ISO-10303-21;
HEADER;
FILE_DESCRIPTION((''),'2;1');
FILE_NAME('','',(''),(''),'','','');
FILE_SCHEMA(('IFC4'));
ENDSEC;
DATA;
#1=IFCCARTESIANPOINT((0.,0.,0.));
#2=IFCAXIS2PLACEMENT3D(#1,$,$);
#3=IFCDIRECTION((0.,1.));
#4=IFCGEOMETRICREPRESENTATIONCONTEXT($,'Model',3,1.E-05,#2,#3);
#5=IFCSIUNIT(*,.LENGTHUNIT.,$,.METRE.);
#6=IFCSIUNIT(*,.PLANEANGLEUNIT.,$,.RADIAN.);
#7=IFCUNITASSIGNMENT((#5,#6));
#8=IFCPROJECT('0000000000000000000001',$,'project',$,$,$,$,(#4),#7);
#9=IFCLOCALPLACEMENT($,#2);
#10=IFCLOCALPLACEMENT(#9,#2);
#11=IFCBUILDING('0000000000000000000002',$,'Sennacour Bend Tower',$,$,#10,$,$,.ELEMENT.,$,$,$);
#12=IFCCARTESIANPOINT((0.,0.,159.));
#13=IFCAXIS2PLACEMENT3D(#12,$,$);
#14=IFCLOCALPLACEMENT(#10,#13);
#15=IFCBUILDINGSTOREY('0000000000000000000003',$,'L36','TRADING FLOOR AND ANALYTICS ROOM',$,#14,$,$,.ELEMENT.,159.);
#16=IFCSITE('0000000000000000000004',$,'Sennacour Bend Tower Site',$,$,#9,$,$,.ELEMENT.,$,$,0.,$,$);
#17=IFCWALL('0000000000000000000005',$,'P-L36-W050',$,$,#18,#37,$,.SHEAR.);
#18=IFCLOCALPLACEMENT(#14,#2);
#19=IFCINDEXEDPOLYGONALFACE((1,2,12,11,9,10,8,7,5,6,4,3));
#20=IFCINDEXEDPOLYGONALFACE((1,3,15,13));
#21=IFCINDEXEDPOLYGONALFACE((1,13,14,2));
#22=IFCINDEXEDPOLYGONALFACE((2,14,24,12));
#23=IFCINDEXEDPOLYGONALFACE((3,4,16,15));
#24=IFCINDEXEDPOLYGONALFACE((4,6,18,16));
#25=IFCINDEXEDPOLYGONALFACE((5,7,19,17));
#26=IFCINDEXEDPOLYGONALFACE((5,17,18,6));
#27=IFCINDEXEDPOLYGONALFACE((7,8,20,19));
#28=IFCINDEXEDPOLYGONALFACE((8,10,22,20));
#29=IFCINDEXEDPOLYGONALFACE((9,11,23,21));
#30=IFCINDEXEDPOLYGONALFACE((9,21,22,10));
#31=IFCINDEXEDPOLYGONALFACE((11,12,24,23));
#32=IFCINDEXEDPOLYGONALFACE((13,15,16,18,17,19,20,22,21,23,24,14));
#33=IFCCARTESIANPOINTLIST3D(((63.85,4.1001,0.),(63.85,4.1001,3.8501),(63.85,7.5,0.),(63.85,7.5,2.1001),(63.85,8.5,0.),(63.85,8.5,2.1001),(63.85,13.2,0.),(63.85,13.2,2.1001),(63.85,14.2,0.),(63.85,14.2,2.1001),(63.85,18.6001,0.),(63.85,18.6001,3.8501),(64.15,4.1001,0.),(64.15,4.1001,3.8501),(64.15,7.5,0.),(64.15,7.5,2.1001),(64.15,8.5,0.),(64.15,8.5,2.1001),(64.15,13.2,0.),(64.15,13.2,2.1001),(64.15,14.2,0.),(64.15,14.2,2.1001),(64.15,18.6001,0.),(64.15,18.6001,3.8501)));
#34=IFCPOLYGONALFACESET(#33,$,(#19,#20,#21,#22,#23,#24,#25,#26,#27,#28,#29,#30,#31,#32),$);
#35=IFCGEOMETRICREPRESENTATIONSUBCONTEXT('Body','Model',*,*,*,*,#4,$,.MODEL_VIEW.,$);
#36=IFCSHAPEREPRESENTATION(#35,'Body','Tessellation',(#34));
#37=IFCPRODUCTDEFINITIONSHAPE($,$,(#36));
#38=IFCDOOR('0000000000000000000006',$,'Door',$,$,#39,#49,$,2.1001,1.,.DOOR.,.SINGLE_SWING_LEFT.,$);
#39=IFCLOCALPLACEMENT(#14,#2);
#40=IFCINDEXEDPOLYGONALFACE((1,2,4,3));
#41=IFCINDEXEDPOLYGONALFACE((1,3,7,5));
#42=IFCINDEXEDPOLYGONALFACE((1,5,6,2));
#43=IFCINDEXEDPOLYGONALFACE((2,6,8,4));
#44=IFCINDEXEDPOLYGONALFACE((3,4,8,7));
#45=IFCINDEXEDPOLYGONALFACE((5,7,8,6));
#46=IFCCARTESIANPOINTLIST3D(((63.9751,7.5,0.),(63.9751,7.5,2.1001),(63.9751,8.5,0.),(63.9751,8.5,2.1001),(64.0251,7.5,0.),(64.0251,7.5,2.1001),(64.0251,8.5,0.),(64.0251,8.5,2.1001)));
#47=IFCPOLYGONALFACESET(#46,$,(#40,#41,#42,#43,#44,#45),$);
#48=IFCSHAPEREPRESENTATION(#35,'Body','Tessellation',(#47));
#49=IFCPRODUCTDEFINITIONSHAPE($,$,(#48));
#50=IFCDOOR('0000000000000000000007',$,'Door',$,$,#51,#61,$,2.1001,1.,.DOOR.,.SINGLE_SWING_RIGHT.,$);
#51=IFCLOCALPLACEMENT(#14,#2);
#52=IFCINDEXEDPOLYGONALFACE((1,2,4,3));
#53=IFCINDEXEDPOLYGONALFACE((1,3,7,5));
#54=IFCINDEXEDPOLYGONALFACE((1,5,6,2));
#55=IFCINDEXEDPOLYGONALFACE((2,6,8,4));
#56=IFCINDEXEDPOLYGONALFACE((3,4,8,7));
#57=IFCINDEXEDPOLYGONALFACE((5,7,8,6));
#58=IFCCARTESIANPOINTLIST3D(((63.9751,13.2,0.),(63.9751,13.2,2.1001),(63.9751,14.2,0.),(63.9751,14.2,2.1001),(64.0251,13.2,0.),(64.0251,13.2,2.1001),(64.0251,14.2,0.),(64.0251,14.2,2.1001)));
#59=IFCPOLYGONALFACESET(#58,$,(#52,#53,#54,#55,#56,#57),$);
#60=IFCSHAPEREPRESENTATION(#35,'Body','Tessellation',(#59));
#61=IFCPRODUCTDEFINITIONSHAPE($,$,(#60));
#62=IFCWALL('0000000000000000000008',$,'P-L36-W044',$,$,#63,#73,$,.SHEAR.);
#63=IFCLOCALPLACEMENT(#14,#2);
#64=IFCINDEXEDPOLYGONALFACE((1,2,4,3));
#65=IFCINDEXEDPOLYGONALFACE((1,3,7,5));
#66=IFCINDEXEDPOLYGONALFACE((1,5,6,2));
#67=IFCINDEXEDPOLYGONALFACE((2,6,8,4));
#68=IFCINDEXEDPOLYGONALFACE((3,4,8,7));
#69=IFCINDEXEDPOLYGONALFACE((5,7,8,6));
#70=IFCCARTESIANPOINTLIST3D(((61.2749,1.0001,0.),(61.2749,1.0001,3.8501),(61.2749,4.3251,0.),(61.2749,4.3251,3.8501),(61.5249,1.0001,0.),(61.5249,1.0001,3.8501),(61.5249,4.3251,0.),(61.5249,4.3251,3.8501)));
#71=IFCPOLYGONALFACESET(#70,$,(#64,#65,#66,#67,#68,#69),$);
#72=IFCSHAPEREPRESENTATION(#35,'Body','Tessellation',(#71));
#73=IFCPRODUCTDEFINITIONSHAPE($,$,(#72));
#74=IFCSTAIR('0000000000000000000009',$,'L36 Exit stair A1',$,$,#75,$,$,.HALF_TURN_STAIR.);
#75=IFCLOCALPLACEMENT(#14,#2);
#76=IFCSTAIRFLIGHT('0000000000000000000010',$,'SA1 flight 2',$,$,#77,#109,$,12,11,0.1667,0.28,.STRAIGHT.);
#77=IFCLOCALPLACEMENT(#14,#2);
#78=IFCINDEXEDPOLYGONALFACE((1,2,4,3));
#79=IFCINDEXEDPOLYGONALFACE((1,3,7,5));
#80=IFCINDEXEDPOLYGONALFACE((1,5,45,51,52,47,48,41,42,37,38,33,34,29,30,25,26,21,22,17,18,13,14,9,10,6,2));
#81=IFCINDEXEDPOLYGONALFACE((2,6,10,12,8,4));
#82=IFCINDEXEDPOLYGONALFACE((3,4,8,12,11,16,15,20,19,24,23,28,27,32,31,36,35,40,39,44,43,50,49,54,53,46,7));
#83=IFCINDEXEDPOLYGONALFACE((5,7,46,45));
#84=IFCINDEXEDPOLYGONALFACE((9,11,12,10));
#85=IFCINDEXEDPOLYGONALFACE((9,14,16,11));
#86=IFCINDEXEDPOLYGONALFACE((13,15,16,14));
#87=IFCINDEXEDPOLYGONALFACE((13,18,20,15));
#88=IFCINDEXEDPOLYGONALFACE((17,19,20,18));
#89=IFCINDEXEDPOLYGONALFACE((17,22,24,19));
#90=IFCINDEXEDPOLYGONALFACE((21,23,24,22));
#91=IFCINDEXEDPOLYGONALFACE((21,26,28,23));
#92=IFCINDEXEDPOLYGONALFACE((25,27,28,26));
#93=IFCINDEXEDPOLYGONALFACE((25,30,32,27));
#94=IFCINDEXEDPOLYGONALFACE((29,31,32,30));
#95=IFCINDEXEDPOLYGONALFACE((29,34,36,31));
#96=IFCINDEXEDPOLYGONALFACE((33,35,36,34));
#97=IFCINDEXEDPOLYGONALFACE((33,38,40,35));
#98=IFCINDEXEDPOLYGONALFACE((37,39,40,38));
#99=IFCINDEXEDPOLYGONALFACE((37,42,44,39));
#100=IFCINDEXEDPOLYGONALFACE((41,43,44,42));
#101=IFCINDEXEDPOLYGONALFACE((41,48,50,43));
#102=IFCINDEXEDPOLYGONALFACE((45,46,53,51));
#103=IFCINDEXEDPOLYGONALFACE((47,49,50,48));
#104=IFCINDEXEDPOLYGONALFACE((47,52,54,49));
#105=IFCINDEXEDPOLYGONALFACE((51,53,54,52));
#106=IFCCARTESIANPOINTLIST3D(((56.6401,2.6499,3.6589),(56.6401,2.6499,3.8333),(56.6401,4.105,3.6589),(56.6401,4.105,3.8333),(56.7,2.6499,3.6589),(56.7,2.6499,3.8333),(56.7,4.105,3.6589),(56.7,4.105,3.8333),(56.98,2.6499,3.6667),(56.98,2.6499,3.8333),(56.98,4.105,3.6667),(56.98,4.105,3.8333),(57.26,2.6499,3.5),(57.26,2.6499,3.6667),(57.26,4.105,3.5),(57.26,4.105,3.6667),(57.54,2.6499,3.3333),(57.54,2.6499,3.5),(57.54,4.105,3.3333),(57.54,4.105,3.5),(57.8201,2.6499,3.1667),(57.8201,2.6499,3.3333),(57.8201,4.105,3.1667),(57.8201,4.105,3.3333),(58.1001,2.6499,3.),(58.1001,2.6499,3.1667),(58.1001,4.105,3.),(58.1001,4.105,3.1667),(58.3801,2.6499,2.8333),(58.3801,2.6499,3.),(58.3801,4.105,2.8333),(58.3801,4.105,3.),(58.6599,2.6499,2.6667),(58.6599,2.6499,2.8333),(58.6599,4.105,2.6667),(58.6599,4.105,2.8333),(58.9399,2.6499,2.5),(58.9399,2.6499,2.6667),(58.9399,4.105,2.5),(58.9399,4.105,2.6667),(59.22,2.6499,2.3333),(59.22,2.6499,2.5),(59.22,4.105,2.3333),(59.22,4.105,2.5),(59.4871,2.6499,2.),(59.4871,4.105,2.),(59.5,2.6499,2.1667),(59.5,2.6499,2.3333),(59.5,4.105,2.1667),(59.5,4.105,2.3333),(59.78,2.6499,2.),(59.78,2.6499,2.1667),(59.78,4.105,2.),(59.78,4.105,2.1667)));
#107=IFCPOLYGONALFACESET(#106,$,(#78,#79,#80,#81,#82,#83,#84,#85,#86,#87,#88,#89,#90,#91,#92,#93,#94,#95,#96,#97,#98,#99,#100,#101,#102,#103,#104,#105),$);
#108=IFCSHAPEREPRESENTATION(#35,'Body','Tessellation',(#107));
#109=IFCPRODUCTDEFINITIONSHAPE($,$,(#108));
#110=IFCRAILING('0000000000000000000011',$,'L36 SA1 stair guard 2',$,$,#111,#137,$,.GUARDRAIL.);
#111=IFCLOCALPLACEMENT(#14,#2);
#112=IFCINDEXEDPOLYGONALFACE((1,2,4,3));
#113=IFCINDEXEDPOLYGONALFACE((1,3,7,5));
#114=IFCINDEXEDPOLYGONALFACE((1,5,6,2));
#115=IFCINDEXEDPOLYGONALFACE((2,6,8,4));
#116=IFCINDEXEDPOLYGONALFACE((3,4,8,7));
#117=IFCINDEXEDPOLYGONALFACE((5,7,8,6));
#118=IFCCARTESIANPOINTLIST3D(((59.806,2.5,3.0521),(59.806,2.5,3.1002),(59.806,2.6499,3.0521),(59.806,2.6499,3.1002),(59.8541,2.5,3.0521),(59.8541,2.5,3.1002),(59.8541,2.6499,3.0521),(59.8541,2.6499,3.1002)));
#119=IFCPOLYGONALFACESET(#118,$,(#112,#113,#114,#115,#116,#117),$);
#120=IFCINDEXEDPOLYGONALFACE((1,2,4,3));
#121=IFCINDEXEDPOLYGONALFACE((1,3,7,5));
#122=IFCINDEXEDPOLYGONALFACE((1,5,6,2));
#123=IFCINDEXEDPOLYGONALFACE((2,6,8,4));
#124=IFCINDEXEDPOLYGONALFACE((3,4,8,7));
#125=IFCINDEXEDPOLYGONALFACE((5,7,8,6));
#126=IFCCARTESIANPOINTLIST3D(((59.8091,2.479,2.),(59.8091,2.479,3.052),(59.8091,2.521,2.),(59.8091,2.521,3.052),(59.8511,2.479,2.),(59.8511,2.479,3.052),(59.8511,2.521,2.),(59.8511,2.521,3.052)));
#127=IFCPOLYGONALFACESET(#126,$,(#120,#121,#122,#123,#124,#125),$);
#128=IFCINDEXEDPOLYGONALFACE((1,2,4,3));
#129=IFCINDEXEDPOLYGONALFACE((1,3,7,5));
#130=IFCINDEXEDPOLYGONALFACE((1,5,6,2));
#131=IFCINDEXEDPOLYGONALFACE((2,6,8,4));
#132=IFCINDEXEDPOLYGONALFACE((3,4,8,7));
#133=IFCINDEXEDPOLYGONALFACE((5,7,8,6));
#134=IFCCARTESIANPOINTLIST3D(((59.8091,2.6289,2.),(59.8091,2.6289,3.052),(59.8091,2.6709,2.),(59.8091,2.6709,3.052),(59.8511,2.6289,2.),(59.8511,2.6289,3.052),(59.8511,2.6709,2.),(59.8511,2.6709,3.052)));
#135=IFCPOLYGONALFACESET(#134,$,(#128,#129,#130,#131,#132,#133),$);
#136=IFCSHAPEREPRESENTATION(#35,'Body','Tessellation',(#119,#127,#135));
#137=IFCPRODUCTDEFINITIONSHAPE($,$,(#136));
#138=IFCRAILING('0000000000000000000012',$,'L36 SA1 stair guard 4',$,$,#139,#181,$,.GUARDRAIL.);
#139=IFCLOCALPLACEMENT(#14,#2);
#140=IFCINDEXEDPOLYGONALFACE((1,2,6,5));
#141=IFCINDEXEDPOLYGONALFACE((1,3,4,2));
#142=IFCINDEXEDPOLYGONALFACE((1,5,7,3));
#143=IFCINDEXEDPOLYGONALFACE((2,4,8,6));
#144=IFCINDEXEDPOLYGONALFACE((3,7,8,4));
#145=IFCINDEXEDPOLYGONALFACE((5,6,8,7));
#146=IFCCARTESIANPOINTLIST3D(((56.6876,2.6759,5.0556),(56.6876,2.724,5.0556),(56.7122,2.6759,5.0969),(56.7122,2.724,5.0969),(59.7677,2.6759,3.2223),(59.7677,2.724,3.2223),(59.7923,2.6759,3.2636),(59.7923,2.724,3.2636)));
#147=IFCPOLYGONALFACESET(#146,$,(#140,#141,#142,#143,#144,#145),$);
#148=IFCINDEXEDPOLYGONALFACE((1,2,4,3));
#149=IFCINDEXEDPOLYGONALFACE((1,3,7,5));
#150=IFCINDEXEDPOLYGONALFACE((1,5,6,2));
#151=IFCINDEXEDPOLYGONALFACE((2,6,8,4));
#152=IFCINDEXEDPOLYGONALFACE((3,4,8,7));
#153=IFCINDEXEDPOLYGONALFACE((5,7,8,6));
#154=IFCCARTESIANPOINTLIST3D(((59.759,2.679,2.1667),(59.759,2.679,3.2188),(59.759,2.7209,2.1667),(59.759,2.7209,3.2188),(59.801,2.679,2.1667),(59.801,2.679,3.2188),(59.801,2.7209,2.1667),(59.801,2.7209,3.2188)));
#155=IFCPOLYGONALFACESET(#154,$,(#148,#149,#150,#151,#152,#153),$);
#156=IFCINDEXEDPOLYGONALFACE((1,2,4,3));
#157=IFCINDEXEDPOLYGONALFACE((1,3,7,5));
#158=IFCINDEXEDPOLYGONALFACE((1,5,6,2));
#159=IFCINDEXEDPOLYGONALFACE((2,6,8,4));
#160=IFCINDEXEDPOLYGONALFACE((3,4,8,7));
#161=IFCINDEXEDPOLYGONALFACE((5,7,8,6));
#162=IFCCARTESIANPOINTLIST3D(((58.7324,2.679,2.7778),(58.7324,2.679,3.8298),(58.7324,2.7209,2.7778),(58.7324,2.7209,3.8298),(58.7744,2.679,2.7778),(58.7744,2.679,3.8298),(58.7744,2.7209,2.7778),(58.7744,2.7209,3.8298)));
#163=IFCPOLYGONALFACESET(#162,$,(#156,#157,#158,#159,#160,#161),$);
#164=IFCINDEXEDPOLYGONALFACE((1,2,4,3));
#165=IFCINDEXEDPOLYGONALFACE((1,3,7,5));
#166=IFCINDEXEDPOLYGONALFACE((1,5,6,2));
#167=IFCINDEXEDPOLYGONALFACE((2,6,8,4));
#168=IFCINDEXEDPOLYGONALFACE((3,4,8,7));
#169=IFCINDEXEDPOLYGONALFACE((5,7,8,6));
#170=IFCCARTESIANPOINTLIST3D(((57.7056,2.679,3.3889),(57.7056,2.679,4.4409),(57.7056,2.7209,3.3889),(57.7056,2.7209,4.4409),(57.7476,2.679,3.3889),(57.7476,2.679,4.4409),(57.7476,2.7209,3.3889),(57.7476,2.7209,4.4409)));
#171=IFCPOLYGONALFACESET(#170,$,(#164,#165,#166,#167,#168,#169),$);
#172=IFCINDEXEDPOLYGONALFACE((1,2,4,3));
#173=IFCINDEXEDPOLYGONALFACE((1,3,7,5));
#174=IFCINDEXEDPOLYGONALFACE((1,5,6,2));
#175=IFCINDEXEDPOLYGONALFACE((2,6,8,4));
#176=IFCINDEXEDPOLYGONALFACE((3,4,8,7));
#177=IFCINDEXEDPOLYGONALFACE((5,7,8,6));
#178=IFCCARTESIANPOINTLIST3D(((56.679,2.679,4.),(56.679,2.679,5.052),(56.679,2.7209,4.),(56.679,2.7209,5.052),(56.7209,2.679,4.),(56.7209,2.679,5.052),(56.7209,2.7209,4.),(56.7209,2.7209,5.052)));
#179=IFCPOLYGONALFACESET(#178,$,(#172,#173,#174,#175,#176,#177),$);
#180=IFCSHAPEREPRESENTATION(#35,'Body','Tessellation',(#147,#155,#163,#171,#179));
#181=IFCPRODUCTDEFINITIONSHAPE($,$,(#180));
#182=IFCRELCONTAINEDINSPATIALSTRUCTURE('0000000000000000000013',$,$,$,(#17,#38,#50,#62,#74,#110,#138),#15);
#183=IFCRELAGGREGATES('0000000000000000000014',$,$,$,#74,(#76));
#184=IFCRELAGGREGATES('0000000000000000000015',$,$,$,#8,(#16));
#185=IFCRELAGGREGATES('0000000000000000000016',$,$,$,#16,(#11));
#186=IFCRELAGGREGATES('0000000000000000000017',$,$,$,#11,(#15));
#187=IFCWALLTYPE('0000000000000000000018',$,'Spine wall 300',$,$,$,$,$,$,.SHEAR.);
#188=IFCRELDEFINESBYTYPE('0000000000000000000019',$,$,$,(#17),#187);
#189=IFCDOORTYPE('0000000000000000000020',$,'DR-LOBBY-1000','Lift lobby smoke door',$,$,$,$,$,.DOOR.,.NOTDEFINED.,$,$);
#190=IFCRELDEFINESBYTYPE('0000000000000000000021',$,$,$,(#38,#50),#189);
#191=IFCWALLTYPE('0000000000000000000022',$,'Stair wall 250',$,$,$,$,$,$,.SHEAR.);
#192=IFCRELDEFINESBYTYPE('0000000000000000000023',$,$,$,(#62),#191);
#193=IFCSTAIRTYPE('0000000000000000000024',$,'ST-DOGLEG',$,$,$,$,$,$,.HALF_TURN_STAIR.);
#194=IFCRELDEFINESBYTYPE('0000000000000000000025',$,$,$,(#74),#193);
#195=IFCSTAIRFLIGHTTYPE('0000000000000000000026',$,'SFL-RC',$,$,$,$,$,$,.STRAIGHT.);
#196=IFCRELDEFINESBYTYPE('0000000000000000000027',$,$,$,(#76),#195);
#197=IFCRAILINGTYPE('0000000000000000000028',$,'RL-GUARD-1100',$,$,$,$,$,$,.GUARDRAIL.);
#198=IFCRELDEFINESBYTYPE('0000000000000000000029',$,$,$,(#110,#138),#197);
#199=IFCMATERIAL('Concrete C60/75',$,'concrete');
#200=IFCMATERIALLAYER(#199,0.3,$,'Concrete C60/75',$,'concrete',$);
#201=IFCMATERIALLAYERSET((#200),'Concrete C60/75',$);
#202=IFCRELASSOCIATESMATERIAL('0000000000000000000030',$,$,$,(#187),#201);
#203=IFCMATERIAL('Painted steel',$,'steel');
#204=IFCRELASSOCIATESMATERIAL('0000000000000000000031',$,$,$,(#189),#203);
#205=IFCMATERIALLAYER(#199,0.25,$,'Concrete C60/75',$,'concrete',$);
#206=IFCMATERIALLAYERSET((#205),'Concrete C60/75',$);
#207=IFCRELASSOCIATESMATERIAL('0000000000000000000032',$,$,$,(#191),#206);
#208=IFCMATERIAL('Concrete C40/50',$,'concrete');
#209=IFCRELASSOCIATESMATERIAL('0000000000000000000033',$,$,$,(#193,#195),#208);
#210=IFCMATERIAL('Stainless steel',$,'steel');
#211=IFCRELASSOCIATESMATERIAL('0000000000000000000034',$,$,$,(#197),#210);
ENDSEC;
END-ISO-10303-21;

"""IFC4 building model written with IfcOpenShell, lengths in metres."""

from ifc_helpers import new_model, si_unit, direction, frame, frame_2d, origin, origin_2d, place, context, subcontext, project, spatial, polyline, rectangle, outline, extrude, material, layer, layer_set, type_object, element, fill, aggregate, save


model = new_model("IFC4")

# Units and contexts
model_context = context("Model", 3, precision=1e-05, world=origin(), true_north=direction((0.0, 1.0)))
body_context = subcontext(model_context, "Body", "Model", "MODEL_VIEW")
ifc_project = project(units=[si_unit("LENGTHUNIT", "METRE"), si_unit("PLANEANGLEUNIT", "RADIAN")], contexts=[model_context])

# Site, building, storey
site_placement = place(None, origin())
site = spatial("IfcSite", under=ifc_project, at=site_placement, Name="Sennacour Bend Tower Site", CompositionType="ELEMENT", RefElevation=0.0)
building_placement = place(site_placement, origin())
building = spatial("IfcBuilding", under=site, at=building_placement, Name="Sennacour Bend Tower", CompositionType="ELEMENT")
storey_placement = place(building_placement, frame((0.0, 0.0, 159.0)))
storey = spatial("IfcBuildingStorey", under=building, at=storey_placement, Name="L36", Description="TRADING FLOOR AND ANALYTICS ROOM", CompositionType="ELEMENT", Elevation=159.0)

# Shared definitions
ifc_material_1 = material(Name="Concrete C60/75", Category="concrete")

# Shared definitions
ifc_material_2 = material(Name="Painted steel", Category="steel")

# Shared definitions
ifc_material_3 = material(Name="Stainless steel", Category="steel")

# Wall, openings, doors
ifc_layer_1 = layer(ifc_material_1, 0.3, Name="Concrete C60/75", Category="concrete")
ifc_layer_set_1 = layer_set([ifc_layer_1], Name="Concrete C60/75")
wall_type_1 = type_object("IfcWallType", Name="Spine wall 300", PredefinedType="SHEAR", material=ifc_layer_set_1)
wall_1_placement = place(storey_placement, frame((64.0, 4.1001, 0.0), z_axis=(0.0, 0.0, 1.0), x_axis=(0.0, 1.0, 0.0)))
wall_1 = element("IfcWall", 1, at=wall_1_placement, inside=storey, type_object=wall_type_1, Name="P-L36-W050", PredefinedType="SHEAR", context=body_context, shape_type="SweptSolid", body=[
    extrude(rectangle(XDim=14.5, YDim=0.3, at=frame_2d((7.25, 0.0))), origin(), (0.0, 0.0, 1.0), 3.8501),
])
opening_1_placement = place(wall_1_placement, frame((3.3999, 0.0, 0.0)))
opening_1 = element("IfcOpeningElement", 2, at=opening_1_placement, cuts=wall_1, PredefinedType="OPENING", context=body_context, shape_type="SweptSolid", body=[
    extrude(rectangle(XDim=1.0, YDim=2.1001, at=frame_2d((0.5, 1.05))), frame((0.0, 0.1602, 0.0), z_axis=(0.0, -1.0, 0.0), x_axis=(1.0, 0.0, 0.0)), (0.0, 0.0, 1.0), 0.3201),
])
opening_2_placement = place(wall_1_placement, frame((9.0999, 0.0, 0.0)))
opening_2 = element("IfcOpeningElement", 3, at=opening_2_placement, cuts=wall_1, PredefinedType="OPENING", context=body_context, shape_type="SweptSolid", body=[
    extrude(rectangle(XDim=1.0, YDim=2.1001, at=frame_2d((0.5, 1.05))), frame((0.0, 0.1602, 0.0), z_axis=(0.0, -1.0, 0.0), x_axis=(1.0, 0.0, 0.0)), (0.0, 0.0, 1.0), 0.3201),
])
door_type_1 = type_object("IfcDoorType", Name="DR-LOBBY-1000", Description="Lift lobby smoke door", OperationType="NOTDEFINED", PredefinedType="DOOR", material=ifc_material_2)
door_1_placement = place(opening_1_placement, origin())
door_1 = element("IfcDoor", 4, at=door_1_placement, inside=storey, type_object=door_type_1, Name="Door", OperationType="SINGLE_SWING_LEFT", OverallHeight=2.1001, OverallWidth=1.0, PredefinedType="DOOR", context=body_context, shape_type="SweptSolid", body=[
    extrude(rectangle(XDim=1.0, YDim=2.1001, at=frame_2d((0.5, 1.05))), frame((0.0, 0.0249, 0.0), z_axis=(0.0, -1.0, 0.0), x_axis=(1.0, 0.0, 0.0)), (0.0, 0.0, 1.0), 0.05),
])
fill(opening_1, door_1)
door_2_placement = place(opening_2_placement, origin())
door_2 = element("IfcDoor", 5, at=door_2_placement, inside=storey, type_object=door_type_1, Name="Door", OperationType="SINGLE_SWING_RIGHT", OverallHeight=2.1001, OverallWidth=1.0, PredefinedType="DOOR", context=body_context, shape_type="SweptSolid", body=[
    extrude(rectangle(XDim=1.0, YDim=2.1001, at=frame_2d((0.5, 1.05))), frame((0.0, 0.0249, 0.0), z_axis=(0.0, -1.0, 0.0), x_axis=(1.0, 0.0, 0.0)), (0.0, 0.0, 1.0), 0.05),
])
fill(opening_2, door_2)

# Wall
ifc_layer_2 = layer(ifc_material_1, 0.25, Name="Concrete C60/75", Category="concrete")
ifc_layer_set_2 = layer_set([ifc_layer_2], Name="Concrete C60/75")
wall_type_2 = type_object("IfcWallType", Name="Stair wall 250", PredefinedType="SHEAR", material=ifc_layer_set_2)
wall_2_placement = place(storey_placement, frame((61.3999, 1.0, 0.0), z_axis=(0.0, 0.0, 1.0), x_axis=(0.0, 1.0, 0.0)))
element("IfcWall", 6, at=wall_2_placement, inside=storey, type_object=wall_type_2, Name="P-L36-W044", PredefinedType="SHEAR", context=body_context, shape_type="SweptSolid", body=[
    extrude(rectangle(XDim=3.325, YDim=0.25, at=frame_2d((1.6626, 0.0))), origin(), (0.0, 0.0, 1.0), 3.8501),
])

# Stair, stair flight
ifc_material_4 = material(Name="Concrete C40/50", Category="concrete")
stair_type = type_object("IfcStairType", Name="ST-DOGLEG", PredefinedType="HALF_TURN_STAIR", material=ifc_material_4)
stair_placement = place(storey_placement, origin())
stair = element("IfcStair", 7, at=stair_placement, inside=storey, type_object=stair_type, Name="L36 Exit stair A1", PredefinedType="HALF_TURN_STAIR")
stair_flight_type = type_object("IfcStairFlightType", Name="SFL-RC", PredefinedType="STRAIGHT", material=ifc_material_4)
stair_flight_placement = place(storey_placement, frame((59.78, 3.3774, 2.0), z_axis=(0.0, 0.0, 1.0), x_axis=(-1.0, 0.0, 0.0)))
stair_flight = element("IfcStairFlight", 8, at=stair_flight_placement, type_object=stair_flight_type, Name="SA1 flight 2", NumberOfRisers=12, NumberOfTreads=11, PredefinedType="STRAIGHT", RiserHeight=0.1667, TreadLength=0.28, context=body_context, shape_type="SweptSolid", body=[
    extrude(outline(polyline([(0.0, 0.0), (0.0, 0.1667), (0.28, 0.1667), (0.28, 0.3333), (0.5601, 0.3333), (0.5601, 0.5), (0.8401, 0.5), (0.8401, 0.6667), (1.1201, 0.6667), (1.1201, 0.8333), (1.3999, 0.8333), (1.3999, 1.0), (1.6799, 1.0), (1.6799, 1.1667), (1.96, 1.1667), (1.96, 1.3333), (2.24, 1.3333), (2.24, 1.5), (2.52, 1.5), (2.52, 1.6667), (2.8, 1.6667), (2.8, 1.8333), (3.0801, 1.8333), (3.1399, 1.8333), (3.1399, 1.6589), (3.0801, 1.6589), (0.293, 0.0), (0.0, 0.0)])), frame((0.0, 0.7275, 0.0), z_axis=(0.0, -1.0, 0.0), x_axis=(1.0, 0.0, 0.0)), (0.0, 0.0, 1.0), 1.4551),
])
aggregate(stair, [stair_flight])

# Railings
railing_type_1 = type_object("IfcRailingType", Name="RL-GUARD-1100", PredefinedType="GUARDRAIL", material=ifc_material_3)
railing_1_placement = place(storey_placement, frame((59.8301, 2.5, 2.0)))
element("IfcRailing", 9, at=railing_1_placement, inside=storey, type_object=railing_type_1, Name="L36 SA1 stair guard 2", PredefinedType="GUARDRAIL", context=body_context, shape_type="SweptSolid", body=[
    extrude(rectangle(XDim=0.0481, YDim=0.0481, at=origin_2d()), frame((0.0, 0.0, 1.0762), z_axis=(0.0, 1.0, 0.0), x_axis=(-1.0, 0.0, 0.0)), (0.0, 0.0, 1.0), 0.1499),
    extrude(rectangle(XDim=0.042, YDim=0.042, at=origin_2d()), origin(), (0.0, 0.0, 1.0), 1.052),
    extrude(rectangle(XDim=0.042, YDim=0.042, at=origin_2d()), frame((0.0, 0.1499, 0.0)), (0.0, 0.0, 1.0), 1.052),
])
railing_2_placement = place(storey_placement, frame((59.78, 2.7, 2.1667)))
element("IfcRailing", 10, at=railing_2_placement, inside=storey, type_object=railing_type_1, Name="L36 SA1 stair guard 4", PredefinedType="GUARDRAIL", context=body_context, shape_type="SweptSolid", body=[
    extrude(rectangle(XDim=0.0481, YDim=0.0481, at=origin_2d()), frame((0.0, 0.0, 1.0762), z_axis=(-0.859309, 0.0, 0.511458), x_axis=(0.0, -1.0, 0.0)), (0.0, 0.0, 1.0), 3.5845),
    extrude(rectangle(XDim=0.042, YDim=0.042, at=origin_2d()), origin(), (0.0, 0.0, 1.0), 1.052),
    extrude(rectangle(XDim=0.042, YDim=0.042, at=origin_2d()), frame((-1.0266, 0.0, 0.6111)), (0.0, 0.0, 1.0), 1.052),
    extrude(rectangle(XDim=0.042, YDim=0.042, at=origin_2d()), frame((-2.0535, 0.0, 1.2222)), (0.0, 0.0, 1.0), 1.052),
    extrude(rectangle(XDim=0.042, YDim=0.042, at=origin_2d()), frame((-3.0801, 0.0, 1.8333)), (0.0, 0.0, 1.0), 1.052),
])

save(model, "model.ifc")
